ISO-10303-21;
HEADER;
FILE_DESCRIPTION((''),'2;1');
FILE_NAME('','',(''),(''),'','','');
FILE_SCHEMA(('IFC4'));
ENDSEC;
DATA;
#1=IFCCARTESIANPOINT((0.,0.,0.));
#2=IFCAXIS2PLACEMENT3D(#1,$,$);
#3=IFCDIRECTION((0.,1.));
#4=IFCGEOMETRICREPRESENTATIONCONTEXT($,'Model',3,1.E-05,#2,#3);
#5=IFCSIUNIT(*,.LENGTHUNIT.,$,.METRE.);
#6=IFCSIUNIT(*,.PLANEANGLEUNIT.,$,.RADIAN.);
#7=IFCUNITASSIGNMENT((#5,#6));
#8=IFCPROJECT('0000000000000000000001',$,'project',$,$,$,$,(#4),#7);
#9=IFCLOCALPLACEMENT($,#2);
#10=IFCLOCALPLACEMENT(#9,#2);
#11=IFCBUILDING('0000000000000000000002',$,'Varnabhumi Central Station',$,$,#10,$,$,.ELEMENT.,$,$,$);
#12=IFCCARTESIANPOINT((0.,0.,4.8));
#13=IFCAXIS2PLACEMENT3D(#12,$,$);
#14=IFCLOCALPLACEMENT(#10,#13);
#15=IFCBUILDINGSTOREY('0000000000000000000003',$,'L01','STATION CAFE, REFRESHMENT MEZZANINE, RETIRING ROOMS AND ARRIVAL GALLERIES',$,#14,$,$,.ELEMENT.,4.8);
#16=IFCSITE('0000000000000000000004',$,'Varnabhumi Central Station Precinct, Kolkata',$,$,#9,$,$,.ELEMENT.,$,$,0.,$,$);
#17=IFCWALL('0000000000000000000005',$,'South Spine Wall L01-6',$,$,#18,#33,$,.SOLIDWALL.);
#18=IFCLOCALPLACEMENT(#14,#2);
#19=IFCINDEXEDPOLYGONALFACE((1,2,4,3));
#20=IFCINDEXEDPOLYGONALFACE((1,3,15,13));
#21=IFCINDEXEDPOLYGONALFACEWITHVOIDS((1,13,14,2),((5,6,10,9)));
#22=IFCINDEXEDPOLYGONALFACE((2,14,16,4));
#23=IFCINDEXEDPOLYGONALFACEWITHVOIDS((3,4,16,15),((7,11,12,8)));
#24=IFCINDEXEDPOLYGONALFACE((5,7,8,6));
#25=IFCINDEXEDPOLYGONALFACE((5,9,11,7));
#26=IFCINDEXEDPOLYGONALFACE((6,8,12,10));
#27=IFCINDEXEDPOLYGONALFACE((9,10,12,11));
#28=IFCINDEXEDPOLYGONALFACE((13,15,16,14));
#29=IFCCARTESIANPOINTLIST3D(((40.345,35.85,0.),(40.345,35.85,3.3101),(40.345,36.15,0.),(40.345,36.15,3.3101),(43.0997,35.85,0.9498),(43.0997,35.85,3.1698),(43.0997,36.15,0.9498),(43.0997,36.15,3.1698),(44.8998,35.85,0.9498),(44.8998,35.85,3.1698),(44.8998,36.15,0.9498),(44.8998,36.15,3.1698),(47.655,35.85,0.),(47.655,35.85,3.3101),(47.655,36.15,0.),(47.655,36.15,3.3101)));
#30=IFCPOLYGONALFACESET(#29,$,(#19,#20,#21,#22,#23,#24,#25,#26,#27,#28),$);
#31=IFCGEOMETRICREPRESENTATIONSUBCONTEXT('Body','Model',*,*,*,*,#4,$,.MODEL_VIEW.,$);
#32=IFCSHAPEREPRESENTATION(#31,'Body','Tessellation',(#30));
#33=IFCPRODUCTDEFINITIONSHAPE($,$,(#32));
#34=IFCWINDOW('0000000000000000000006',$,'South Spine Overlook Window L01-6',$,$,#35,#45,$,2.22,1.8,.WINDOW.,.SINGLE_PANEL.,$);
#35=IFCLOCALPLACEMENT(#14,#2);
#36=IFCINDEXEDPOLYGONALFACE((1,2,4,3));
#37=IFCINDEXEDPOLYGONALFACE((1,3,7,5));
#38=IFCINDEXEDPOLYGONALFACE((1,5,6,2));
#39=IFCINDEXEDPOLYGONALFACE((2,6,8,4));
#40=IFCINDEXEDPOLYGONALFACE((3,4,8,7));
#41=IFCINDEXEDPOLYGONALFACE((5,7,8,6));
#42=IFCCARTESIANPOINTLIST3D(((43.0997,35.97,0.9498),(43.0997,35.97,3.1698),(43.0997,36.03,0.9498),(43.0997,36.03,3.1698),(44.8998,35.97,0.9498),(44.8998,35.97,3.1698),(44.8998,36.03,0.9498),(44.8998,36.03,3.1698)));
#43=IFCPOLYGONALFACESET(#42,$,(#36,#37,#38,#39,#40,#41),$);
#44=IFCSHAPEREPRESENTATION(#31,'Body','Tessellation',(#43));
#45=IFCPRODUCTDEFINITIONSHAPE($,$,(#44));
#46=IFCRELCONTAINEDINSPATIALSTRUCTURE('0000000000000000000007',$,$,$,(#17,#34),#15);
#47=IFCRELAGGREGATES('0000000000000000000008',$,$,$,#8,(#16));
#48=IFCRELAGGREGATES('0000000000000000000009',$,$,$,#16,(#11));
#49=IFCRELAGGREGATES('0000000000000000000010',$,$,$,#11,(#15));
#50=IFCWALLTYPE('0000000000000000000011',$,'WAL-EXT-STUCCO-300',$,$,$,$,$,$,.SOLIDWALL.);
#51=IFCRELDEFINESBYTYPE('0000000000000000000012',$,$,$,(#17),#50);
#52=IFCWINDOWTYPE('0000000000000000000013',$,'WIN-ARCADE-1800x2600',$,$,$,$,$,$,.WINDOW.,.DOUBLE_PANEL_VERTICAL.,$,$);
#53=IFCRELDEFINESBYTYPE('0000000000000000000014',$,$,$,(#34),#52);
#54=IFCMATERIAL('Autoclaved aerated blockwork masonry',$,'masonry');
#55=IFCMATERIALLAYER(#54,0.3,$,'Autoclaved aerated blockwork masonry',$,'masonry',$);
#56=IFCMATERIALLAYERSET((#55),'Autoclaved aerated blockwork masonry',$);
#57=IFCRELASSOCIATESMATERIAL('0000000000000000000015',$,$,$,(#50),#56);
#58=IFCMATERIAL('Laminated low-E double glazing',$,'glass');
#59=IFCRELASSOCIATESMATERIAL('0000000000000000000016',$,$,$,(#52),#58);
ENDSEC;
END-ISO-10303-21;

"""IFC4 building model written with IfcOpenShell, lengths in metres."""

from ifc_helpers import new_model, si_unit, direction, frame, frame_2d, origin, place, context, subcontext, project, spatial, rectangle, extrude, material, layer, layer_set, type_object, element, fill, save


model = new_model("IFC4")

# Units and contexts
model_context = context("Model", 3, precision=1e-05, world=origin(), true_north=direction((0.0, 1.0)))
body_context = subcontext(model_context, "Body", "Model", "MODEL_VIEW")
ifc_project = project(units=[si_unit("LENGTHUNIT", "METRE"), si_unit("PLANEANGLEUNIT", "RADIAN")], contexts=[model_context])

# Site, building, storey
site_placement = place(None, origin())
site = spatial("IfcSite", under=ifc_project, at=site_placement, Name="Varnabhumi Central Station Precinct, Kolkata", CompositionType="ELEMENT", RefElevation=0.0)
building_placement = place(site_placement, origin())
building = spatial("IfcBuilding", under=site, at=building_placement, Name="Varnabhumi Central Station", CompositionType="ELEMENT")
storey_placement = place(building_placement, frame((0.0, 0.0, 4.8)))
storey = spatial("IfcBuildingStorey", under=building, at=storey_placement, Name="L01", Description="STATION CAFE, REFRESHMENT MEZZANINE, RETIRING ROOMS AND ARRIVAL GALLERIES", CompositionType="ELEMENT", Elevation=4.8)

# Shared definitions
ifc_material_1 = material(Name="Laminated low-E double glazing", Category="glass")

# Wall, opening, window
ifc_material_2 = material(Name="Autoclaved aerated blockwork masonry", Category="masonry")
ifc_layer_1 = layer(ifc_material_2, 0.3, Name="Autoclaved aerated blockwork masonry", Category="masonry")
ifc_layer_set_1 = layer_set([ifc_layer_1], Name="Autoclaved aerated blockwork masonry")
wall_type = type_object("IfcWallType", Name="WAL-EXT-STUCCO-300", PredefinedType="SOLIDWALL", material=ifc_layer_set_1)
wall_placement = place(storey_placement, frame((40.345, 36.0, 0.0), z_axis=(0.0, 0.0, 1.0), x_axis=(1.0, 0.0, 0.0)))
wall = element("IfcWall", 1, at=wall_placement, inside=storey, type_object=wall_type, Name="South Spine Wall L01-6", PredefinedType="SOLIDWALL", context=body_context, shape_type="SweptSolid", body=[
    extrude(rectangle(XDim=7.3101, YDim=0.3, at=frame_2d((3.655, 0.0))), origin(), (0.0, 0.0, 1.0), 3.3101),
])
opening_placement = place(wall_placement, frame((2.7549, 0.0, 0.95)))
opening = element("IfcOpeningElement", 2, at=opening_placement, cuts=wall, PredefinedType="OPENING", context=body_context, shape_type="SweptSolid", body=[
    extrude(rectangle(XDim=1.8, YDim=2.22, at=frame_2d((0.8999, 1.1099))), frame((0.0, 0.1599, 0.0), z_axis=(0.0, -1.0, 0.0), x_axis=(1.0, 0.0, 0.0)), (0.0, 0.0, 1.0), 0.3201),
])
window_type = type_object("IfcWindowType", Name="WIN-ARCADE-1800x2600", PartitioningType="DOUBLE_PANEL_VERTICAL", PredefinedType="WINDOW", material=ifc_material_1)
window_placement = place(opening_placement, origin())
window = element("IfcWindow", 3, at=window_placement, inside=storey, type_object=window_type, Name="South Spine Overlook Window L01-6", OverallHeight=2.22, OverallWidth=1.8, PartitioningType="SINGLE_PANEL", PredefinedType="WINDOW", context=body_context, shape_type="SweptSolid", body=[
    extrude(rectangle(XDim=1.8, YDim=2.22, at=frame_2d((0.8999, 1.1099))), frame((0.0, 0.03, 0.0), z_axis=(0.0, -1.0, 0.0), x_axis=(1.0, 0.0, 0.0)), (0.0, 0.0, 1.0), 0.0601),
])
fill(opening, window)

save(model, "model.ifc")
